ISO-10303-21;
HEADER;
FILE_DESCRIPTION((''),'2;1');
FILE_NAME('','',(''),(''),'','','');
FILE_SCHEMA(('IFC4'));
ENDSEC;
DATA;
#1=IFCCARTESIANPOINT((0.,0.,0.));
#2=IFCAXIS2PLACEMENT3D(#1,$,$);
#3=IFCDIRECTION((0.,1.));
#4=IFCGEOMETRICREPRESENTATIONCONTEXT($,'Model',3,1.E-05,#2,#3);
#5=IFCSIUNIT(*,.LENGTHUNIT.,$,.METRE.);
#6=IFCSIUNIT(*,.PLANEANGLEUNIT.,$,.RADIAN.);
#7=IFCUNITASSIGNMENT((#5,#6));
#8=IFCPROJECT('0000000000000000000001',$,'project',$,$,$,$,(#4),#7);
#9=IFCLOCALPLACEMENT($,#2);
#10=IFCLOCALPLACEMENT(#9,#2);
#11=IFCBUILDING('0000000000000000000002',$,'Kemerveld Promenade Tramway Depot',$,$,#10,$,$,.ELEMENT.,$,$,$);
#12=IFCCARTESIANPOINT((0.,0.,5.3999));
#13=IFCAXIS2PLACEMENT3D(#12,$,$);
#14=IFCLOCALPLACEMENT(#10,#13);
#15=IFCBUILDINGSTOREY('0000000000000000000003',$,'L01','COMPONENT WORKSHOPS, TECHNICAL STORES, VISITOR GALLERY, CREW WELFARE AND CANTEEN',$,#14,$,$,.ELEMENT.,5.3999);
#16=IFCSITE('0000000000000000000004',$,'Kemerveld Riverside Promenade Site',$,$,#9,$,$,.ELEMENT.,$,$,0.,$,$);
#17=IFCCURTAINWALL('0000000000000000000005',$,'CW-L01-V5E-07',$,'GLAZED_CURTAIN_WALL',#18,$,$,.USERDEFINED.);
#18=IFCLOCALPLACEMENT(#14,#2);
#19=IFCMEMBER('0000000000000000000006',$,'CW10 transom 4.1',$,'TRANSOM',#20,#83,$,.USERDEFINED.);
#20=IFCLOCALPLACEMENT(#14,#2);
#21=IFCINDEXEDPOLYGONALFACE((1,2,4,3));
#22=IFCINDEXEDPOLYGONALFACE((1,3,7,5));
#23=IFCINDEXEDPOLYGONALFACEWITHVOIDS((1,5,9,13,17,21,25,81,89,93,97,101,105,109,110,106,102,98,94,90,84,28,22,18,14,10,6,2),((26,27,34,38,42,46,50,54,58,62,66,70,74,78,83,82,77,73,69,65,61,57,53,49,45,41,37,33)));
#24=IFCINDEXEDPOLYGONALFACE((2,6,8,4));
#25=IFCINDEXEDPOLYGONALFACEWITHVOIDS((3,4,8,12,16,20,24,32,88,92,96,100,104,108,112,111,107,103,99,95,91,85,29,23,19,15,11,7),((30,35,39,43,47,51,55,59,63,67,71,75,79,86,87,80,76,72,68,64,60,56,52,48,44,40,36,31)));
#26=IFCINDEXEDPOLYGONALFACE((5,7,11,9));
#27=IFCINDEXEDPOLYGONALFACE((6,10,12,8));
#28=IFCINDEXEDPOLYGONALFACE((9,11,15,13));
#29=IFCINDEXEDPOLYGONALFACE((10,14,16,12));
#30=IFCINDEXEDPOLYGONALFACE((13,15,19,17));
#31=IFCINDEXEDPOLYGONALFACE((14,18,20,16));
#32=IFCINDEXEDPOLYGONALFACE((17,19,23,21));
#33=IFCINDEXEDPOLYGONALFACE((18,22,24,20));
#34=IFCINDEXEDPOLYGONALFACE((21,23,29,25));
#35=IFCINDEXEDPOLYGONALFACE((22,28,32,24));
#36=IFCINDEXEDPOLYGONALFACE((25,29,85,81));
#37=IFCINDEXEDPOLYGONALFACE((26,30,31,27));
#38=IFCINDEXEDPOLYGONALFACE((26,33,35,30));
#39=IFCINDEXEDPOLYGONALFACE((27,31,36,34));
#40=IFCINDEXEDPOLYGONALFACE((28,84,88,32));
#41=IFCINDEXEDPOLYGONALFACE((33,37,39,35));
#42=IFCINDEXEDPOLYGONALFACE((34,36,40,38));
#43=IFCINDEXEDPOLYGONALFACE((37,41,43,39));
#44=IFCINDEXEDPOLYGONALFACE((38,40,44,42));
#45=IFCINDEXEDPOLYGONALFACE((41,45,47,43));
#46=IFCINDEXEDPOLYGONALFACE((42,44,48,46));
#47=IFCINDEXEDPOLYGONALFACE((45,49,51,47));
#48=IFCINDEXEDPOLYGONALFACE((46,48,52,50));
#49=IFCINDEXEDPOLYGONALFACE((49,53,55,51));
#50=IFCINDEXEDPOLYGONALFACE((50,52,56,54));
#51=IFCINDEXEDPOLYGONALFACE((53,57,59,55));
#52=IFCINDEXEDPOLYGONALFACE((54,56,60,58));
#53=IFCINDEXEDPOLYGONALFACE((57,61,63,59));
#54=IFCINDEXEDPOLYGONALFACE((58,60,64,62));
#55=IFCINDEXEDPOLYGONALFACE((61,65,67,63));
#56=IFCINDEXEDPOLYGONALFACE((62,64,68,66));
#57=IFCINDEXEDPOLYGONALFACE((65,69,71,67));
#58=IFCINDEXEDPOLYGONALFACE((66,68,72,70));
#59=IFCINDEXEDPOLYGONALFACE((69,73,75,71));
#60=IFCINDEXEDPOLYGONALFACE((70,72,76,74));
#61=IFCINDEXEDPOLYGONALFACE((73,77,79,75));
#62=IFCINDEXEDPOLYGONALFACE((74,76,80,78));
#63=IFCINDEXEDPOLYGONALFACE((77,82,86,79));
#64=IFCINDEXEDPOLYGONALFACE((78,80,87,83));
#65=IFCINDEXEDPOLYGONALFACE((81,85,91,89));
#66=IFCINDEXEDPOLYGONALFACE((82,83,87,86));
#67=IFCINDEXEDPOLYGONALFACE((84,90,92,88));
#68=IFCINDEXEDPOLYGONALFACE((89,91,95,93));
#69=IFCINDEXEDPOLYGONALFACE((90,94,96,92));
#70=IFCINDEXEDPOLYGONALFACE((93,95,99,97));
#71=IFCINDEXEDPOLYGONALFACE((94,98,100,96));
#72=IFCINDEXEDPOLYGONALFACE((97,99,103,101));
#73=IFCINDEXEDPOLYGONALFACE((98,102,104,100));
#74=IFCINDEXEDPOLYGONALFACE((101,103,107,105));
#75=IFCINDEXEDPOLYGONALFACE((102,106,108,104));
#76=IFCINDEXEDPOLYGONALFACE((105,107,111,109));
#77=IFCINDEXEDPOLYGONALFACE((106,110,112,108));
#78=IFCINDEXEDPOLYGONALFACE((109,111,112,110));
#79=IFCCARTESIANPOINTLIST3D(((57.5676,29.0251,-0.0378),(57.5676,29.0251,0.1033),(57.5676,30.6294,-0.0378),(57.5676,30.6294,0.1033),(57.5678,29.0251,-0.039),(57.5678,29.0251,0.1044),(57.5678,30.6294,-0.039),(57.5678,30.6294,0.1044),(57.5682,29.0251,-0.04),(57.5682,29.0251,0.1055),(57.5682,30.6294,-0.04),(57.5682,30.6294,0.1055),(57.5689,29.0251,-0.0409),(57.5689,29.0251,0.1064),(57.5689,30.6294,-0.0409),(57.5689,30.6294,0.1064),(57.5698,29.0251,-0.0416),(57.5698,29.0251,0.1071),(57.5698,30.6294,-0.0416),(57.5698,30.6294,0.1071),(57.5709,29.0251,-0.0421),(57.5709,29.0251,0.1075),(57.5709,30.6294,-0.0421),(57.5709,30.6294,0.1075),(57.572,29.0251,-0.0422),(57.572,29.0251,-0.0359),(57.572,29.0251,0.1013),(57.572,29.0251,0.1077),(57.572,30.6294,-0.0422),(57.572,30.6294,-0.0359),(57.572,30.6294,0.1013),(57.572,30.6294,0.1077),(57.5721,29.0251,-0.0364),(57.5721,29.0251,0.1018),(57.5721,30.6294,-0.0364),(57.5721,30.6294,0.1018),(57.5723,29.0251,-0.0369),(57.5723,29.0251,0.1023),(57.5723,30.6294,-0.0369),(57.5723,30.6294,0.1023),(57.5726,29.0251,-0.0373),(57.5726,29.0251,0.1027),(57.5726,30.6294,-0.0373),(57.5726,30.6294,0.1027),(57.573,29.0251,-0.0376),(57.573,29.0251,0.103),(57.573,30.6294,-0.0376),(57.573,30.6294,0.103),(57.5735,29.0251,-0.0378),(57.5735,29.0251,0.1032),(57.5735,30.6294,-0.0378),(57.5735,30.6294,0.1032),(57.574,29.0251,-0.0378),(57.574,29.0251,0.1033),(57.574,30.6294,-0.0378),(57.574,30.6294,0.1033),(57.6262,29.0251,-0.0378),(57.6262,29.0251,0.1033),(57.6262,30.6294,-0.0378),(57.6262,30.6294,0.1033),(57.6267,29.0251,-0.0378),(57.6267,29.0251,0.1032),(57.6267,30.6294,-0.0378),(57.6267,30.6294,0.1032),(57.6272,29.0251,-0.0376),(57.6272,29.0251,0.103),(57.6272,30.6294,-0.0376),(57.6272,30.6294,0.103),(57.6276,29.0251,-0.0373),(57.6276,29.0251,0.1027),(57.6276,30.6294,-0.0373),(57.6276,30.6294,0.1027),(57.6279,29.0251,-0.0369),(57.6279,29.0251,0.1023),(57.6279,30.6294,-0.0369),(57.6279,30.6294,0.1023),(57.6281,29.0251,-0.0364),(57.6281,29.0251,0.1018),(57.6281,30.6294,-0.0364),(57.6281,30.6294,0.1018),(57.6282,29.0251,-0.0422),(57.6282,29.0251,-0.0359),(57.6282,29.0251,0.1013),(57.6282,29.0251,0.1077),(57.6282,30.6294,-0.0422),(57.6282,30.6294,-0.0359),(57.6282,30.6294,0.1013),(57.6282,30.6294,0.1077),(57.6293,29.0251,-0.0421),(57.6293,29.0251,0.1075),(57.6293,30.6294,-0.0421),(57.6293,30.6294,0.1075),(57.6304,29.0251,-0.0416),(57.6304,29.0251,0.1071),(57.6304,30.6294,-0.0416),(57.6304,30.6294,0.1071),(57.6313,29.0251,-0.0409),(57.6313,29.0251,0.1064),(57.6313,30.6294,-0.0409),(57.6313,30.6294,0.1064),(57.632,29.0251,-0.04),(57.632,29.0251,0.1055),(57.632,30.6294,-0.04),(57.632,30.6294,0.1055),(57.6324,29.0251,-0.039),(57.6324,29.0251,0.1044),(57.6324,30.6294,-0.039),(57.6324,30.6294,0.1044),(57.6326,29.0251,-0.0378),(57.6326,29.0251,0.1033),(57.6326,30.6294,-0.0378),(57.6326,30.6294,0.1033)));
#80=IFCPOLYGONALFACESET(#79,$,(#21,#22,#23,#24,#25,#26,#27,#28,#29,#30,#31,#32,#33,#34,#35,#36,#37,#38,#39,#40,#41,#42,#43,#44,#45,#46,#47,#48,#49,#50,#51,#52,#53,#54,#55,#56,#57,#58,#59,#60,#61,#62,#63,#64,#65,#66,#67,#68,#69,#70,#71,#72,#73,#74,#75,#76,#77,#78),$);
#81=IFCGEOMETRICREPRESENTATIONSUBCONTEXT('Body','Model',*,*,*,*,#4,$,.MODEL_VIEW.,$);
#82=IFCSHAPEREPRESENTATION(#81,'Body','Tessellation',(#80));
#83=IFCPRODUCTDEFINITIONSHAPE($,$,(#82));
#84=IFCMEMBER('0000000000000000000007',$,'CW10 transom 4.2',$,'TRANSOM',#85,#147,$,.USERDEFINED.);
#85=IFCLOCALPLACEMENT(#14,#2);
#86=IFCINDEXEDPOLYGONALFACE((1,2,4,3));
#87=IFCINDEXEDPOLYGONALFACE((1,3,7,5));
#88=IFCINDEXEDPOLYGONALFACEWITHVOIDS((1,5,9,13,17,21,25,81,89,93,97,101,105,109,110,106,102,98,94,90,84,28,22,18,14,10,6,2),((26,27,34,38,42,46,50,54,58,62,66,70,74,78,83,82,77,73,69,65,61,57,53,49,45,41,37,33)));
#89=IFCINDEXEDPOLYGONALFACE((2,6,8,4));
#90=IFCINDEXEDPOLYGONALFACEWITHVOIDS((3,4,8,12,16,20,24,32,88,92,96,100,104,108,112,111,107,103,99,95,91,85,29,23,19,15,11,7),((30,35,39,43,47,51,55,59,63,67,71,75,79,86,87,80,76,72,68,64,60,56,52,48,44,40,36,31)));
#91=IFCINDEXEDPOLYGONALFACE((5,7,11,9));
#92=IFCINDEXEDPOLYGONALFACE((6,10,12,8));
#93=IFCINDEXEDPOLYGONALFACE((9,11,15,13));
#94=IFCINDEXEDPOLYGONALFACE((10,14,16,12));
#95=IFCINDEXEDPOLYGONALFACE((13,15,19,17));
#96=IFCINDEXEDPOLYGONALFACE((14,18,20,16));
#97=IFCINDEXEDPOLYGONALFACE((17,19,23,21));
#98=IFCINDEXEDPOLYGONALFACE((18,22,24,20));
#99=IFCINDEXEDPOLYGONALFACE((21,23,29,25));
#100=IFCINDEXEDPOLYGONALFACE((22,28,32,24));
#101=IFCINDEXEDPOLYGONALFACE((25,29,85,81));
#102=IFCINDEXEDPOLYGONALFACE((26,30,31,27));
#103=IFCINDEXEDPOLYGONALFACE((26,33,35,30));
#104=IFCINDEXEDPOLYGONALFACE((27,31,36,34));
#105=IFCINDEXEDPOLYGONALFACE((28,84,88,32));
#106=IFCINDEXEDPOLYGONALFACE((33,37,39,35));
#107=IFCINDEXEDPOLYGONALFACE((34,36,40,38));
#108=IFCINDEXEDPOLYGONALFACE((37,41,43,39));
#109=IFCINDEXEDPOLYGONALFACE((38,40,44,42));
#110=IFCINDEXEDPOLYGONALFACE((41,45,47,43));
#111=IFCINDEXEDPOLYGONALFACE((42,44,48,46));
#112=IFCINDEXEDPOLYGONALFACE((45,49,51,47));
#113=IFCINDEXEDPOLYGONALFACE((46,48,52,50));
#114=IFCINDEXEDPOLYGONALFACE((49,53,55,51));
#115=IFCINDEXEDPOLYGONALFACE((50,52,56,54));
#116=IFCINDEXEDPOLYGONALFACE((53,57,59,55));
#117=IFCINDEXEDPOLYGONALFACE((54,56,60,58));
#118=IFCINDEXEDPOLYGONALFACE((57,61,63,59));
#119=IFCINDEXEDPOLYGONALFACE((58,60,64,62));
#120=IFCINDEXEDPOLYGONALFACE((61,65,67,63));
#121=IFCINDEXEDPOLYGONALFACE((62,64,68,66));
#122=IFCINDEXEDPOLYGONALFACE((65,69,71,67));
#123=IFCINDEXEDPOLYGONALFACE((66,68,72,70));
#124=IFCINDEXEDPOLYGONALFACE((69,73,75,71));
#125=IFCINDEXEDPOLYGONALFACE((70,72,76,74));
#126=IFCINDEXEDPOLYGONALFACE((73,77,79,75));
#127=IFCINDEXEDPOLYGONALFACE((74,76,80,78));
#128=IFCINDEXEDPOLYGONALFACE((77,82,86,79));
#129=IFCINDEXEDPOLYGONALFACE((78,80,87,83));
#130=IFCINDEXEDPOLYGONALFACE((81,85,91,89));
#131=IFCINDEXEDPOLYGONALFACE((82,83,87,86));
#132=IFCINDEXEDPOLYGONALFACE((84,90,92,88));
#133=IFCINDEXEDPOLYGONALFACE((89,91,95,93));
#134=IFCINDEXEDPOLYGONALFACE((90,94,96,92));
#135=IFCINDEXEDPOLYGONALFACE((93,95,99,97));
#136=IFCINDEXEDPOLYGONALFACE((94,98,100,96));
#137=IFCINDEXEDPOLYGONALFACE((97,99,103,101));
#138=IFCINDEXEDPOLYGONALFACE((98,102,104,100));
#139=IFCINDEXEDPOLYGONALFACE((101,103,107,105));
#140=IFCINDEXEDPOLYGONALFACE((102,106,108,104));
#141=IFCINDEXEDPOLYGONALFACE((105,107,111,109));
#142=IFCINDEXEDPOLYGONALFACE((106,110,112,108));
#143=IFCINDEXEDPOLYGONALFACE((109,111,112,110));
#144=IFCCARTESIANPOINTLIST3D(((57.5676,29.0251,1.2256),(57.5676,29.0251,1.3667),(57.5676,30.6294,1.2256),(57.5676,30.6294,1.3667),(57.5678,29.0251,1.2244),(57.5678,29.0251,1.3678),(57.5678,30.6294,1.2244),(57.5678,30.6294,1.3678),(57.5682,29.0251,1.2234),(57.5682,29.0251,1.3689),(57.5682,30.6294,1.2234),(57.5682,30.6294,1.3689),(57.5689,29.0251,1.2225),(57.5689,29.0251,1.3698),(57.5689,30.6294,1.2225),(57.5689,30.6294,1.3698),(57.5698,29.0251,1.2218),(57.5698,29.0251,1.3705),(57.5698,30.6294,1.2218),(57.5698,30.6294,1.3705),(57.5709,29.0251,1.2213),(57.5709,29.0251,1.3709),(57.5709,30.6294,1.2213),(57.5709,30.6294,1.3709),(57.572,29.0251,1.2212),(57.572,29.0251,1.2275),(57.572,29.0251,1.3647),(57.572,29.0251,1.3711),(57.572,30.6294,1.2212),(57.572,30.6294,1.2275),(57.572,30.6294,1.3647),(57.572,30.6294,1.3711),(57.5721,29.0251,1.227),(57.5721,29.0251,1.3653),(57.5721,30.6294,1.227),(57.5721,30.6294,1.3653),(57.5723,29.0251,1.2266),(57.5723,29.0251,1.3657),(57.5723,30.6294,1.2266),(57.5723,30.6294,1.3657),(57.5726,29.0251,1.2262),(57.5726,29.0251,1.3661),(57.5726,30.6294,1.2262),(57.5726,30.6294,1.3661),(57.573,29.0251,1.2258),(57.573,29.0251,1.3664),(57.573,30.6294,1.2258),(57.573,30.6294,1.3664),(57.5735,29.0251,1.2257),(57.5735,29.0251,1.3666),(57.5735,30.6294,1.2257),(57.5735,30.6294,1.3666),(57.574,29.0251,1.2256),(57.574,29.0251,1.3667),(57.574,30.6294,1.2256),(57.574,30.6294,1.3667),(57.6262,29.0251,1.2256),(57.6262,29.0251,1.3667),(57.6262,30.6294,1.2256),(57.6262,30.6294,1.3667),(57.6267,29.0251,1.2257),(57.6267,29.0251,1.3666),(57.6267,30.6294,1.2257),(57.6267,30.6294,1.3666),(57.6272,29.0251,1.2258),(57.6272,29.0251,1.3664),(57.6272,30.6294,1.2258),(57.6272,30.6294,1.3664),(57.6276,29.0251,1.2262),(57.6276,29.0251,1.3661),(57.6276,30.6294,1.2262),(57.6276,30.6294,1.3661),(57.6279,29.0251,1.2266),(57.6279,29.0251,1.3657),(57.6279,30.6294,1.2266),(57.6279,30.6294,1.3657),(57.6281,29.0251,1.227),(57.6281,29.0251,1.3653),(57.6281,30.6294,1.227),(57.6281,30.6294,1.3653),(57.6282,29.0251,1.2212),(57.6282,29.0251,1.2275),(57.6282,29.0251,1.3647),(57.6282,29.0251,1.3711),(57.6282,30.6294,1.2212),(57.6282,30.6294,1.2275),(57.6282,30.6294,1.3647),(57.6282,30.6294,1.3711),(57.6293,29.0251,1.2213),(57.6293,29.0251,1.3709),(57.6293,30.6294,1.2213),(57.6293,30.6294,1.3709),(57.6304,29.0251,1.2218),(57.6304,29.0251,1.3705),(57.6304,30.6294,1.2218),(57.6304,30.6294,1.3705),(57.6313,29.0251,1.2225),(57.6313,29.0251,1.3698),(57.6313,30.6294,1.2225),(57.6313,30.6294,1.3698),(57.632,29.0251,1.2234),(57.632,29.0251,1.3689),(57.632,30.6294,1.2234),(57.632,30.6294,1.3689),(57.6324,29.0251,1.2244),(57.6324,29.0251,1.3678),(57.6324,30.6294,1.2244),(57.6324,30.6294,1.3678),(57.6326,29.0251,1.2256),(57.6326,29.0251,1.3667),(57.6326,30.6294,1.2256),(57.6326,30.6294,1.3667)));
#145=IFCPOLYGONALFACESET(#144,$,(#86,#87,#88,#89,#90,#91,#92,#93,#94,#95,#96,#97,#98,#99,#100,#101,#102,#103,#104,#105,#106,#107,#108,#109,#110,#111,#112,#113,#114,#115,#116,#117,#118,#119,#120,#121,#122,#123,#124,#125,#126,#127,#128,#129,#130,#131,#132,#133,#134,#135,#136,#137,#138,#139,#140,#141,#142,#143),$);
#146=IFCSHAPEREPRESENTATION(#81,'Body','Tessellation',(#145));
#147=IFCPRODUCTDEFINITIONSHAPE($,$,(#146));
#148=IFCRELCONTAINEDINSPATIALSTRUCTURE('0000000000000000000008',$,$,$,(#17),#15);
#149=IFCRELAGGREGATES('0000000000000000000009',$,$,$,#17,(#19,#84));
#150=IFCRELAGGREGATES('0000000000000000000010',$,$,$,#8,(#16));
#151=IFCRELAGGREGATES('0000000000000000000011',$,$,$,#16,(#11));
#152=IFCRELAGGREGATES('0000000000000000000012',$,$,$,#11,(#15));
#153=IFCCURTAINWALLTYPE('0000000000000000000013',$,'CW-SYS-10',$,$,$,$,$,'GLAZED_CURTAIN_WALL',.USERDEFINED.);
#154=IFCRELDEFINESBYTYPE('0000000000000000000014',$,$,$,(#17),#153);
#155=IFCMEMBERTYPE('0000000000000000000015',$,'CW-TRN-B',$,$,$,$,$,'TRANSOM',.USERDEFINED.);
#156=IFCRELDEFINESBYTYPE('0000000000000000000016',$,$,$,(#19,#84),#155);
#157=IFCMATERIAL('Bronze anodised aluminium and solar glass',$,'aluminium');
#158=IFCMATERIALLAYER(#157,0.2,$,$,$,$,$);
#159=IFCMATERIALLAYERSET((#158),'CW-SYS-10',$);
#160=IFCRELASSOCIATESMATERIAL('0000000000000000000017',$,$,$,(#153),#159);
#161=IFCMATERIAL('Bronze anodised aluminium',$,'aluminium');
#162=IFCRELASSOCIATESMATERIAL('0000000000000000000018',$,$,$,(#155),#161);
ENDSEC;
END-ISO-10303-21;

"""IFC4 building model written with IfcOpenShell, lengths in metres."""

from ifc_helpers import new_model, si_unit, direction, frame, origin, origin_2d, place, context, subcontext, project, spatial, hollow_rectangle, extrude, material, layer, layer_set, material_profile, profile_set, type_object, element, aggregate, save


model = new_model("IFC4")

# Units and contexts
model_context = context("Model", 3, precision=1e-05, world=origin(), true_north=direction((0.0, 1.0)))
body_context = subcontext(model_context, "Body", "Model", "MODEL_VIEW")
ifc_project = project(units=[si_unit("LENGTHUNIT", "METRE"), si_unit("PLANEANGLEUNIT", "RADIAN")], contexts=[model_context])

# Site, building, storey
site_placement = place(None, origin())
site = spatial("IfcSite", under=ifc_project, at=site_placement, Name="Kemerveld Riverside Promenade Site", CompositionType="ELEMENT", RefElevation=0.0)
building_placement = place(site_placement, origin())
building = spatial("IfcBuilding", under=site, at=building_placement, Name="Kemerveld Promenade Tramway Depot", CompositionType="ELEMENT")
storey_placement = place(building_placement, frame((0.0, 0.0, 5.3999)))
storey = spatial("IfcBuildingStorey", under=building, at=storey_placement, Name="L01", Description="COMPONENT WORKSHOPS, TECHNICAL STORES, VISITOR GALLERY, CREW WELFARE AND CANTEEN", CompositionType="ELEMENT", Elevation=5.3999)

# Curtain wall, members
ifc_material_1 = material(Name="Bronze anodised aluminium and solar glass", Category="aluminium")
ifc_layer_1 = layer(ifc_material_1, 0.2)
ifc_layer_set_1 = layer_set([ifc_layer_1], Name="CW-SYS-10")
curtain_wall_type = type_object("IfcCurtainWallType", Name="CW-SYS-10", ElementType="GLAZED_CURTAIN_WALL", PredefinedType="USERDEFINED", material=ifc_layer_set_1)
curtain_wall_placement = place(storey_placement, origin())
curtain_wall = element("IfcCurtainWall", 1, at=curtain_wall_placement, inside=storey, type_object=curtain_wall_type, Name="CW-L01-V5E-07", ObjectType="GLAZED_CURTAIN_WALL", PredefinedType="USERDEFINED")
ifc_material_2 = material(Name="Bronze anodised aluminium", Category="aluminium")
ifc_material_profile_1 = material_profile(ifc_material_2, hollow_rectangle(XDim=0.0649, YDim=0.1499, WallThickness=0.0044, InnerFilletRadius=0.002, OuterFilletRadius=0.0044, at=origin_2d()), Name="CW-TRN-150x65")
ifc_profile_set_1 = profile_set([ifc_material_profile_1], Name="Bronze anodised aluminium")
member_type_1 = type_object("IfcMemberType", Name="CW-TRN-B", ElementType="TRANSOM", PredefinedType="USERDEFINED", material=ifc_profile_set_1)
member_1_placement = place(storey_placement, frame((57.6001, 30.6294, 0.0327), z_axis=(0.0, -1.0, 0.0), x_axis=(1.0, 0.0, 0.0)))
member_1 = element("IfcMember", 2, at=member_1_placement, type_object=member_type_1, Name="CW10 transom 4.1", ObjectType="TRANSOM", PredefinedType="USERDEFINED", context=body_context, shape_type="SweptSolid", body=[
    extrude(hollow_rectangle(XDim=0.0649, YDim=0.1499, WallThickness=0.0044, InnerFilletRadius=0.002, OuterFilletRadius=0.0044, at=origin_2d()), origin(), (0.0, 0.0, 1.0), 1.6042),
])
member_2_placement = place(storey_placement, frame((57.6001, 30.6294, 1.2961), z_axis=(0.0, -1.0, 0.0), x_axis=(1.0, 0.0, 0.0)))
member_2 = element("IfcMember", 3, at=member_2_placement, type_object=member_type_1, Name="CW10 transom 4.2", ObjectType="TRANSOM", PredefinedType="USERDEFINED", context=body_context, shape_type="SweptSolid", body=[
    extrude(hollow_rectangle(XDim=0.0649, YDim=0.1499, WallThickness=0.0044, InnerFilletRadius=0.002, OuterFilletRadius=0.0044, at=origin_2d()), origin(), (0.0, 0.0, 1.0), 1.6042),
])
aggregate(curtain_wall, [member_1, member_2])

save(model, "model.ifc")
